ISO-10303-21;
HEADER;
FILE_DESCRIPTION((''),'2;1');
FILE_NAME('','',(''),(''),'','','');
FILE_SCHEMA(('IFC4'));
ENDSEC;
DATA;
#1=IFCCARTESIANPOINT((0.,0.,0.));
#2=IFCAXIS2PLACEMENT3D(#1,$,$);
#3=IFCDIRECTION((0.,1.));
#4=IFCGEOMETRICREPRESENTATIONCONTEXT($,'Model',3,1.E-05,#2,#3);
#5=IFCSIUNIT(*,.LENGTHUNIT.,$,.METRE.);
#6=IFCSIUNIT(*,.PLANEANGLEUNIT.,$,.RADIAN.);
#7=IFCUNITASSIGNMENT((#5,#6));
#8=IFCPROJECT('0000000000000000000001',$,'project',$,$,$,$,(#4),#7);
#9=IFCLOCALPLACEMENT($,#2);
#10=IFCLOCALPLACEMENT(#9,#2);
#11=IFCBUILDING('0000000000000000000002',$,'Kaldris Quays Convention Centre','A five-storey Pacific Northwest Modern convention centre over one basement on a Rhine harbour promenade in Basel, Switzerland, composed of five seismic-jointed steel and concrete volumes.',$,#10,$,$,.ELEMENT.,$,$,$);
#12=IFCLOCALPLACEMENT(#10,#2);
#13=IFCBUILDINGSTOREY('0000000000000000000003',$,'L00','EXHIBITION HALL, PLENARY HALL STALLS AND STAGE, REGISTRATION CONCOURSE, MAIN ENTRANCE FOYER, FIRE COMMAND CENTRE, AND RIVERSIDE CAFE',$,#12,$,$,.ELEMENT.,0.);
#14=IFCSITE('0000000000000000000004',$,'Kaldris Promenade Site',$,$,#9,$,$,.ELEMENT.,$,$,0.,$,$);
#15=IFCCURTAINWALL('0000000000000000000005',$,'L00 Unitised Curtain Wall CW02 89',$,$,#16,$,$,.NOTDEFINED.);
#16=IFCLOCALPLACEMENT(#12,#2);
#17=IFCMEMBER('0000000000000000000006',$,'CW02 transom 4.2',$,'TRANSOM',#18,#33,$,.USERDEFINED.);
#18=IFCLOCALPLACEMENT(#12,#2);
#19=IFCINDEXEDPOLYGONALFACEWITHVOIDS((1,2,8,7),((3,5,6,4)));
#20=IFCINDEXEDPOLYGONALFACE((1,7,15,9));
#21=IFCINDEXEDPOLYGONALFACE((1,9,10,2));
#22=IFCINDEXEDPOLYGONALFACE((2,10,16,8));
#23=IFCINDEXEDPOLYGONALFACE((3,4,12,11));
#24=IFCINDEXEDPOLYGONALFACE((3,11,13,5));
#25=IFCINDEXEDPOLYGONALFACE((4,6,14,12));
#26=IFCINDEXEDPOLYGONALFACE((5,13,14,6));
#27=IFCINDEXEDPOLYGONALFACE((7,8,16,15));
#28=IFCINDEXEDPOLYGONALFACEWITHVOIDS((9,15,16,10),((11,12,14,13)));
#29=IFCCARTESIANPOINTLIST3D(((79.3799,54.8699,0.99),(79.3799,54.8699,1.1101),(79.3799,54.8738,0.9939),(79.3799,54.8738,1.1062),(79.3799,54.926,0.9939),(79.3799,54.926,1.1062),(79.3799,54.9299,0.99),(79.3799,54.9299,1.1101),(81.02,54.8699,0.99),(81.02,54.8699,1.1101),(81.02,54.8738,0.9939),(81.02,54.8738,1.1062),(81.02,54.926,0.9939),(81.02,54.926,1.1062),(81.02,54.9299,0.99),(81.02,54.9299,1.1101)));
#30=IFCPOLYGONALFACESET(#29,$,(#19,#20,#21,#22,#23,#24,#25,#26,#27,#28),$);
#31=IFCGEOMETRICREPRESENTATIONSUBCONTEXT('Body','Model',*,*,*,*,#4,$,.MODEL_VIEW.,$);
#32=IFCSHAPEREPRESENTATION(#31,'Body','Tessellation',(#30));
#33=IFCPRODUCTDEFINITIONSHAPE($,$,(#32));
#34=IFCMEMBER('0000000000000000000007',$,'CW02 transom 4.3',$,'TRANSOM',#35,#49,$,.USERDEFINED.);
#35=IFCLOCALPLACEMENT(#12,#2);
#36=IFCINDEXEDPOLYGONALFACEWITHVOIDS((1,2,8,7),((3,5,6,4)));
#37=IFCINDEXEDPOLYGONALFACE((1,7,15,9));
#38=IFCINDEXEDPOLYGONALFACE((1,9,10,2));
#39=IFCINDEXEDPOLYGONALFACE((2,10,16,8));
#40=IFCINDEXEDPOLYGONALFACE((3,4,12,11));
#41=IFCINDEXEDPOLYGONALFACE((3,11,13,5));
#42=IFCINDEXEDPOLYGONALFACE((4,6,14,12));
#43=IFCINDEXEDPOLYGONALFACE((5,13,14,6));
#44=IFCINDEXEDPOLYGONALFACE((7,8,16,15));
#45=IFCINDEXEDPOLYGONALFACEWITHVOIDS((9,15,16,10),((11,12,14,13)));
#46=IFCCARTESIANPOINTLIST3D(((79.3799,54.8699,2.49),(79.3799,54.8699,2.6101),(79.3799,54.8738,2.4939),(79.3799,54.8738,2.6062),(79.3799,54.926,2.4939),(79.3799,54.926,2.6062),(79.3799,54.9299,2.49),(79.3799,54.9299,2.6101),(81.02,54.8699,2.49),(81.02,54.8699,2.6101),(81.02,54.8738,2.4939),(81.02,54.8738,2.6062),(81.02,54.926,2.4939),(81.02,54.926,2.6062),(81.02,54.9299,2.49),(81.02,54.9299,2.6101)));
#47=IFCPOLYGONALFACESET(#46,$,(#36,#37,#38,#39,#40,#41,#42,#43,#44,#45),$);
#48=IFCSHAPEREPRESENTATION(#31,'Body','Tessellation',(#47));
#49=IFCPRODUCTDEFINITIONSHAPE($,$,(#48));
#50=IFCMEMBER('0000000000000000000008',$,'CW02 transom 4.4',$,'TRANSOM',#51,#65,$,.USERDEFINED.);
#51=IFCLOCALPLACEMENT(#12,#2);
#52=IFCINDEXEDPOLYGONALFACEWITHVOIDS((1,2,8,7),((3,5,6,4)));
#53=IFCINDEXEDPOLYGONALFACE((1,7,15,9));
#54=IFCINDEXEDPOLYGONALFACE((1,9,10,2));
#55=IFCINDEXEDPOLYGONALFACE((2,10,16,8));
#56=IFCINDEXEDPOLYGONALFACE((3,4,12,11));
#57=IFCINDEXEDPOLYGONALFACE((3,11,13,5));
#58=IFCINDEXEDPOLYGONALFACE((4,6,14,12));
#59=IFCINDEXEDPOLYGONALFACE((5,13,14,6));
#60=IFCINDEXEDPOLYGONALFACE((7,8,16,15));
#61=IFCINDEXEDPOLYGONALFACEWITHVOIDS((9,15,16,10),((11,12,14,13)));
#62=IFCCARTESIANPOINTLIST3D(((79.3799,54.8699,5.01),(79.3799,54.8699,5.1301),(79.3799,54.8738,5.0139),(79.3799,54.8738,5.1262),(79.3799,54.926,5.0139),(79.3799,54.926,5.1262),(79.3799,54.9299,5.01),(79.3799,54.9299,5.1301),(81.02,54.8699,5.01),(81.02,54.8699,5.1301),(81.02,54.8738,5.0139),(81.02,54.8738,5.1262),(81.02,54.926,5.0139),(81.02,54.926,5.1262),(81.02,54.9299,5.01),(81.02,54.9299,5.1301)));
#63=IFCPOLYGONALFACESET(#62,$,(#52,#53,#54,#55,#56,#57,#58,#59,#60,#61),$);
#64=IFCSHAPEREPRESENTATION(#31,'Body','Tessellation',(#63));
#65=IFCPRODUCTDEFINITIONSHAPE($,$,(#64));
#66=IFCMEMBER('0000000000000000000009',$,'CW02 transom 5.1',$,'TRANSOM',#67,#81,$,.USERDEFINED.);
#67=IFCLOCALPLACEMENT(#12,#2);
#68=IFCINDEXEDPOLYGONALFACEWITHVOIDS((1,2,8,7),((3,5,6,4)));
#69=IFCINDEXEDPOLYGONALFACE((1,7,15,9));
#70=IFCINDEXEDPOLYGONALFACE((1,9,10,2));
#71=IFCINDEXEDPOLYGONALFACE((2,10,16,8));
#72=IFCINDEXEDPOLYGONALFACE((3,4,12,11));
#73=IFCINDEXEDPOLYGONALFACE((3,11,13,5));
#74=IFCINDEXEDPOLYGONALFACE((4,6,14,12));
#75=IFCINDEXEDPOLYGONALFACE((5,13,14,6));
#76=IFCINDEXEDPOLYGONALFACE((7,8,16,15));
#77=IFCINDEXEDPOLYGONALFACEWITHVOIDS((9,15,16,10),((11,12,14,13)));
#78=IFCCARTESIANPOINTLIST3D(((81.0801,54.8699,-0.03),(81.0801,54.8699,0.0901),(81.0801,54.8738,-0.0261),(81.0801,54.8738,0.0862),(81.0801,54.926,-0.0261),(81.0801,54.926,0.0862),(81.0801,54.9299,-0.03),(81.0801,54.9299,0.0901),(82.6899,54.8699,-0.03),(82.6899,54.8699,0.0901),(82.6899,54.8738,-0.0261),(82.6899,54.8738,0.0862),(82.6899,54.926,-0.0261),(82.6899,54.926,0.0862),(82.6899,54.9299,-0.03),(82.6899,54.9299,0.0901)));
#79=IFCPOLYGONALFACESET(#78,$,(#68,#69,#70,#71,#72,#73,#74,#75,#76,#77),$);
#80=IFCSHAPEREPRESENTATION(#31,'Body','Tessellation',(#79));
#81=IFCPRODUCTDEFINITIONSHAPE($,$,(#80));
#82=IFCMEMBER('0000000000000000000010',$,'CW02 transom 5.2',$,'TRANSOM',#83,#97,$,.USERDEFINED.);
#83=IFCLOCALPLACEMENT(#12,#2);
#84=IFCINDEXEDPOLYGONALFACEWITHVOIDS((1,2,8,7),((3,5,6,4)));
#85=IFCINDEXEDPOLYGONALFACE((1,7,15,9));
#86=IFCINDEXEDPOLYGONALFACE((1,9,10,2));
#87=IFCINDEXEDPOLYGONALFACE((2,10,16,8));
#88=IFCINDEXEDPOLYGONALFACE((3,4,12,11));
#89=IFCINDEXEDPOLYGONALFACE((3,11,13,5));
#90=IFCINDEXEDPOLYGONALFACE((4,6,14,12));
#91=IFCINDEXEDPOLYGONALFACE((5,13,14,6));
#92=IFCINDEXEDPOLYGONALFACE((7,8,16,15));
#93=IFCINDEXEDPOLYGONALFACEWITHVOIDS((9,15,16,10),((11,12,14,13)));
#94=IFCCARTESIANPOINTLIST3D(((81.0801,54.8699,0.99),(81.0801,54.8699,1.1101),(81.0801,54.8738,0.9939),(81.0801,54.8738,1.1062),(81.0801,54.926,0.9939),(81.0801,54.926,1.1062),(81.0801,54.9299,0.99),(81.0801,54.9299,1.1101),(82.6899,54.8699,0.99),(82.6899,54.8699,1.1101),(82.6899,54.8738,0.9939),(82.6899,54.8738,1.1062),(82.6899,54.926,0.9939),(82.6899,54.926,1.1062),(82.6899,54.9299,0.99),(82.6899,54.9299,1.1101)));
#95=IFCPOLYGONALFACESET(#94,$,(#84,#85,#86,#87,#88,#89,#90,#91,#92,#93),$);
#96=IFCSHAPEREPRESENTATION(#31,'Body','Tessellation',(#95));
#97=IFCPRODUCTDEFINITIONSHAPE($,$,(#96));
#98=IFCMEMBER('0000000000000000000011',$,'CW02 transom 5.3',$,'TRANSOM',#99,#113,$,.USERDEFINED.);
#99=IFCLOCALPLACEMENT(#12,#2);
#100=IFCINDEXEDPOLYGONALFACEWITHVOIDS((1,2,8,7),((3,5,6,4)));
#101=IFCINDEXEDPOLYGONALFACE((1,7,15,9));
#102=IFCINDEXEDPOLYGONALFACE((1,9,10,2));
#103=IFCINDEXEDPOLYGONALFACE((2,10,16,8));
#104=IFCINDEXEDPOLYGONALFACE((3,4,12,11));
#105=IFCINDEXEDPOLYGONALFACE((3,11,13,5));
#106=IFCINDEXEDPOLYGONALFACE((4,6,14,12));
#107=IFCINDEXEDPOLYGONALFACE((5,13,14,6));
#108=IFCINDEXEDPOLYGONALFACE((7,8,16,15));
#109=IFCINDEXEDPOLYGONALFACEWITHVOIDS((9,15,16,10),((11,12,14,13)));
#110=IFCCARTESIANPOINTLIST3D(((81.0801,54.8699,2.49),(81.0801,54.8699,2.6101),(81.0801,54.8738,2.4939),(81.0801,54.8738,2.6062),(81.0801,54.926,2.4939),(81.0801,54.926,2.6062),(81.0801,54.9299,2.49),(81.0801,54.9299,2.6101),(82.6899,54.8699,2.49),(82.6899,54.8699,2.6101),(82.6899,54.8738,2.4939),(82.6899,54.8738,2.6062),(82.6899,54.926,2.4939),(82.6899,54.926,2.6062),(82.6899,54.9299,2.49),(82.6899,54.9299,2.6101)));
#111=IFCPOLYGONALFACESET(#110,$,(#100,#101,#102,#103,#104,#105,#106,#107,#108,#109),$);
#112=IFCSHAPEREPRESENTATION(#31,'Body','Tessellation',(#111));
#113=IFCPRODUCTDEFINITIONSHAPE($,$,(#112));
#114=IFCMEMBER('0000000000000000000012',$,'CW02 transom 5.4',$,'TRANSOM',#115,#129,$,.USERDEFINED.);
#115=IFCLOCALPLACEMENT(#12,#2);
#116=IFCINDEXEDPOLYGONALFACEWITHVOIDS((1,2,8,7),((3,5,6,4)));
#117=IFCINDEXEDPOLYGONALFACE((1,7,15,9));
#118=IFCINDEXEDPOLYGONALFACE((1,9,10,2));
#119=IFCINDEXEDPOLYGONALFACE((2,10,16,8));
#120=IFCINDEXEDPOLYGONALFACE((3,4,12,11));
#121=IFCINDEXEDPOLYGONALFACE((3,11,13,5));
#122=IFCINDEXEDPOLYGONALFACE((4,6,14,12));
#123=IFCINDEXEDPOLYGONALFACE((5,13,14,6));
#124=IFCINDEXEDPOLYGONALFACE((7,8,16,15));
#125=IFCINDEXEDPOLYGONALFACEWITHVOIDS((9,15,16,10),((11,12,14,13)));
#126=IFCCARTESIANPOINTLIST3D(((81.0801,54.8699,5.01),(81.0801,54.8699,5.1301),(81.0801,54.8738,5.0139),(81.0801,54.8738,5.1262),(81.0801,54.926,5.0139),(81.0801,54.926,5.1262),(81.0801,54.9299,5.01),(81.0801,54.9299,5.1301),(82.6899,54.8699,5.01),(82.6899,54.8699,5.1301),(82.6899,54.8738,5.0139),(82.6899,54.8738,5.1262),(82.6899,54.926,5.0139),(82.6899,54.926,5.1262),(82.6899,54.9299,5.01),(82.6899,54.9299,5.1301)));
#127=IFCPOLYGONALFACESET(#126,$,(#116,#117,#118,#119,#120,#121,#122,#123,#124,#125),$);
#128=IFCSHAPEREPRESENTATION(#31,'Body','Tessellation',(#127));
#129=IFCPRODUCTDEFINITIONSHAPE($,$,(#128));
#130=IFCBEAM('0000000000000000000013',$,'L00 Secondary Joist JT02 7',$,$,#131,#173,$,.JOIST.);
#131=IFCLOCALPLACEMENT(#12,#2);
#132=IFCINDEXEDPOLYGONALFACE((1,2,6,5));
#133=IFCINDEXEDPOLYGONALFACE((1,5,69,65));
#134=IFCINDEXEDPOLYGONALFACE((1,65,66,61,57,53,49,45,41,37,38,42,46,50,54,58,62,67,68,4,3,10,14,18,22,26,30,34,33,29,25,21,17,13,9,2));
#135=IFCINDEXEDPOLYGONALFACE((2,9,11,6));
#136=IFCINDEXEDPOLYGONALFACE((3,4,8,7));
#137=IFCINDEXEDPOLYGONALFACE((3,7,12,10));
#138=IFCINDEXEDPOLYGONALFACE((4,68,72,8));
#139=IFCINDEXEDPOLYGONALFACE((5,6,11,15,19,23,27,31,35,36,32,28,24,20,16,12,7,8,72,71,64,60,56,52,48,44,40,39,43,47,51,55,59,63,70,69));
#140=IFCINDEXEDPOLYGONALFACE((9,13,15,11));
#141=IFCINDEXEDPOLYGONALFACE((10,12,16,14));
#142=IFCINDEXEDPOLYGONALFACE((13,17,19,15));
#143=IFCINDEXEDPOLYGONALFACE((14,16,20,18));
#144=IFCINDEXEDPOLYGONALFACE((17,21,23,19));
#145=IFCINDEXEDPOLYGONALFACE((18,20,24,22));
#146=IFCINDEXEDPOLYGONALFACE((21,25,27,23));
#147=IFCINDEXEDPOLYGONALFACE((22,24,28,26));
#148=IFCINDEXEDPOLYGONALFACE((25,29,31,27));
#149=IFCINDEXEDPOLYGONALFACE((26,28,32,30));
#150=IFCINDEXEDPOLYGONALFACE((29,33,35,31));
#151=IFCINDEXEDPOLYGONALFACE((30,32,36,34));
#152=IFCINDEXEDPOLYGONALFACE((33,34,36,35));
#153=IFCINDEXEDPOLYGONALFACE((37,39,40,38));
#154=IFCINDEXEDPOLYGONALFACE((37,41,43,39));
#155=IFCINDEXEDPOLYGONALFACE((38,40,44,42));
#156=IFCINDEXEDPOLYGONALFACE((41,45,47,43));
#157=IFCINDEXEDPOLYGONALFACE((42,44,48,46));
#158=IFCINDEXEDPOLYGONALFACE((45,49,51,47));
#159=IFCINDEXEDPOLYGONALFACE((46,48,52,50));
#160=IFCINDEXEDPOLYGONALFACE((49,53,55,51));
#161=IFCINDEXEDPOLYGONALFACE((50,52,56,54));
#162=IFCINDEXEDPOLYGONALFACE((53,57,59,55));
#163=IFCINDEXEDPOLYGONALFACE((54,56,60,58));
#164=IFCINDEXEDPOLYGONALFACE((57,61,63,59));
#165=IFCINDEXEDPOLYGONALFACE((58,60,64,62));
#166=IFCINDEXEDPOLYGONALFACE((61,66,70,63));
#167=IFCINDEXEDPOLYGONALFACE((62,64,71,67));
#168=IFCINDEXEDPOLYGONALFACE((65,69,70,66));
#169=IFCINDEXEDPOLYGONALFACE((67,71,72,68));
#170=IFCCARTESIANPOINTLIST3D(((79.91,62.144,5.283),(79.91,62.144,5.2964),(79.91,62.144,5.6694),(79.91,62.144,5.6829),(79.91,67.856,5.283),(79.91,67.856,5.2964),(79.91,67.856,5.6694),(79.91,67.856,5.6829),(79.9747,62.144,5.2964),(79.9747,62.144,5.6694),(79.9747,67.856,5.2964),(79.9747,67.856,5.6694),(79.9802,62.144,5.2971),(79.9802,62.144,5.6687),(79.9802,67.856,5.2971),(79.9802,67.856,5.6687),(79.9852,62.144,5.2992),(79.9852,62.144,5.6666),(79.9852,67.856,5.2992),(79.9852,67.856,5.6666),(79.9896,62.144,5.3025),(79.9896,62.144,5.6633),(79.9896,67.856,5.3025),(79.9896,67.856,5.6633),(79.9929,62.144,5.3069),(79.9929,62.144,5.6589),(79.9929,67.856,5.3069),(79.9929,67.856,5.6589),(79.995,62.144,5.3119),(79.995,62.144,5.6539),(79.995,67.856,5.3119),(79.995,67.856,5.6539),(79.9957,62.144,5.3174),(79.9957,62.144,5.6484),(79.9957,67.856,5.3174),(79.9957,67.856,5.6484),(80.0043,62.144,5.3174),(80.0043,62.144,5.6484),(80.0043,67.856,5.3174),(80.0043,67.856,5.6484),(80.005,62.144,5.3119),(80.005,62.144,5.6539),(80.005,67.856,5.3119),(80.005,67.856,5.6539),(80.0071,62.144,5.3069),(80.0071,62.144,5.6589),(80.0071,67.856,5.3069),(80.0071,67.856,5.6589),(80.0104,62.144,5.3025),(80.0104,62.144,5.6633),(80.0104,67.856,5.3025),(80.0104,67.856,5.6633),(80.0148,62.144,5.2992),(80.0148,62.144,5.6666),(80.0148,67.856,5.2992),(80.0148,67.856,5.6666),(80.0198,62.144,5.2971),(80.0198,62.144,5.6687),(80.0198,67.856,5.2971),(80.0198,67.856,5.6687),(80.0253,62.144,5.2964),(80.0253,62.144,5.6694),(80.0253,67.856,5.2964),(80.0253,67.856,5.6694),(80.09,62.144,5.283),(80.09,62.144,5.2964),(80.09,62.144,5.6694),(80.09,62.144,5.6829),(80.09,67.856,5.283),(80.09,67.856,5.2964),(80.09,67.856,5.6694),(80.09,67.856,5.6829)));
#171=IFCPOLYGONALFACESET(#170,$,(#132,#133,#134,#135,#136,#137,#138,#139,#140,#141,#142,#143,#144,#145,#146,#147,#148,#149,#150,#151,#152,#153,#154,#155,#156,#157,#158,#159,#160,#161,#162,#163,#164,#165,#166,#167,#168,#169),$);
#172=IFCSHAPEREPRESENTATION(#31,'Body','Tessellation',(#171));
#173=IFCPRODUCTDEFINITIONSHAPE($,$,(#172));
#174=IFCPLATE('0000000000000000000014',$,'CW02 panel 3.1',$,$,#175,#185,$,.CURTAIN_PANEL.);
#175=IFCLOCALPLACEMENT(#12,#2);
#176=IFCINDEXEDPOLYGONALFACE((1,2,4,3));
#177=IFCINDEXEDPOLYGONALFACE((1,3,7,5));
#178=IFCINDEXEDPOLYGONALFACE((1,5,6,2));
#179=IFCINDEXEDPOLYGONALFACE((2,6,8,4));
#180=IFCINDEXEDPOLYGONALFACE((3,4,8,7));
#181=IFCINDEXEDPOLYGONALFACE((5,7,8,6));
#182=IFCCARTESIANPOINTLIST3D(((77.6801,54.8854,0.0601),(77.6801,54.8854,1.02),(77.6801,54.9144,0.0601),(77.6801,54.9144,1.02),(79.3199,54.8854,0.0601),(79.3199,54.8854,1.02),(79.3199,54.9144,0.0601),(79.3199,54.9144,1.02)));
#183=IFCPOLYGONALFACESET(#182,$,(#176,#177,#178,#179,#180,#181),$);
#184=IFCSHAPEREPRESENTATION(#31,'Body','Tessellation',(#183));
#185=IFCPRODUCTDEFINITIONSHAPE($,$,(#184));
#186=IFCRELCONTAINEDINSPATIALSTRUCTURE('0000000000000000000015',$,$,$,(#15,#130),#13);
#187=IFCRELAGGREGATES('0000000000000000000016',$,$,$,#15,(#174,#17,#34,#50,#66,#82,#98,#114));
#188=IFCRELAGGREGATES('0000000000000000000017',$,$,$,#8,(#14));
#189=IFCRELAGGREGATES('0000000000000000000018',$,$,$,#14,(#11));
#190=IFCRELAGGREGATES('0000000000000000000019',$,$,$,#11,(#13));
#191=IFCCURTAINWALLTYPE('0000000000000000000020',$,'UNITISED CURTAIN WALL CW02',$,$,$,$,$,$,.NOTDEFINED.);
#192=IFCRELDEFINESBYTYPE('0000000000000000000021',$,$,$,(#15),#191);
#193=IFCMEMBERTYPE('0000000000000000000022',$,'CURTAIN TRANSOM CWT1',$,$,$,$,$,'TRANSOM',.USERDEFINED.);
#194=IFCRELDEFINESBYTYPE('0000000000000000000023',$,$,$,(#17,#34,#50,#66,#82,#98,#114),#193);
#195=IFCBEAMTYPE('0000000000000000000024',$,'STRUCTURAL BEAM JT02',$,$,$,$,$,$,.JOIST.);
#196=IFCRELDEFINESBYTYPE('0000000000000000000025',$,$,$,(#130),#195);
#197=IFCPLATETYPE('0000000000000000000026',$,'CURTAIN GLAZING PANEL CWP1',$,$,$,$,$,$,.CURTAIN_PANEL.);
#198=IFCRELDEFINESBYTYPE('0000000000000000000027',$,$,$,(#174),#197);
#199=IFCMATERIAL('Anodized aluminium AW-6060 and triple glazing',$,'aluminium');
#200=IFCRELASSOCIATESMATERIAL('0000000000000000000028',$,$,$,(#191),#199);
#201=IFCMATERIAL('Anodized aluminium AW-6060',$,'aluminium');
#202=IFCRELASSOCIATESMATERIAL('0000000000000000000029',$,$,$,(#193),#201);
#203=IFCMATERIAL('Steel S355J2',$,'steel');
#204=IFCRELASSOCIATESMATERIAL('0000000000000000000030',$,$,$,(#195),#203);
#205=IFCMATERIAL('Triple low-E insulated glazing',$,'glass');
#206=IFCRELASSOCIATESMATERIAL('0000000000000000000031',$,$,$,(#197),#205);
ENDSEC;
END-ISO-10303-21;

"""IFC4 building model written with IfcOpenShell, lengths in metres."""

from ifc_helpers import new_model, si_unit, direction, frame, origin, origin_2d, place, context, subcontext, project, spatial, rectangle, hollow_rectangle, i_section, extrude, material, material_profile, profile_set, type_object, element, aggregate, save


model = new_model("IFC4")

# Units and contexts
model_context = context("Model", 3, precision=1e-05, world=origin(), true_north=direction((0.0, 1.0)))
body_context = subcontext(model_context, "Body", "Model", "MODEL_VIEW")
ifc_project = project(units=[si_unit("LENGTHUNIT", "METRE"), si_unit("PLANEANGLEUNIT", "RADIAN")], contexts=[model_context])

# Site, building, storey
site_placement = place(None, origin())
site = spatial("IfcSite", under=ifc_project, at=site_placement, Name="Kaldris Promenade Site", CompositionType="ELEMENT", RefElevation=0.0)
building_placement = place(site_placement, origin())
building = spatial("IfcBuilding", under=site, at=building_placement, Name="Kaldris Quays Convention Centre", Description="A five-storey Pacific Northwest Modern convention centre over one basement on a Rhine harbour promenade in Basel, Switzerland, composed of five seismic-jointed steel and concrete volumes.", CompositionType="ELEMENT")
storey_placement = place(building_placement, origin())
storey = spatial("IfcBuildingStorey", under=building, at=storey_placement, Name="L00", Description="EXHIBITION HALL, PLENARY HALL STALLS AND STAGE, REGISTRATION CONCOURSE, MAIN ENTRANCE FOYER, FIRE COMMAND CENTRE, AND RIVERSIDE CAFE", CompositionType="ELEMENT", Elevation=0.0)

# Shared definitions
ifc_material_1 = material(Name="Steel S355J2", Category="steel")

# Curtain wall, members
ifc_material_2 = material(Name="Anodized aluminium AW-6060 and triple glazing", Category="aluminium")
curtain_wall_type = type_object("IfcCurtainWallType", Name="UNITISED CURTAIN WALL CW02", PredefinedType="NOTDEFINED", material=ifc_material_2)
curtain_wall_placement = place(storey_placement, origin())
curtain_wall = element("IfcCurtainWall", 1, at=curtain_wall_placement, inside=storey, type_object=curtain_wall_type, Name="L00 Unitised Curtain Wall CW02 89", PredefinedType="NOTDEFINED")
ifc_material_3 = material(Name="Anodized aluminium AW-6060", Category="aluminium")
ifc_material_profile_1 = material_profile(ifc_material_3, hollow_rectangle(XDim=0.0601, YDim=0.1201, WallThickness=0.0039, at=origin_2d()), Name="RHS 120x60x4")
ifc_profile_set_1 = profile_set([ifc_material_profile_1], Name="Anodized aluminium AW-6060")
member_type_1 = type_object("IfcMemberType", Name="CURTAIN TRANSOM CWT1", ElementType="TRANSOM", PredefinedType="USERDEFINED", material=ifc_profile_set_1)
member_1_placement = place(storey_placement, frame((79.3799, 54.8999, 1.05), z_axis=(1.0, 0.0, 0.0), x_axis=(0.0, 1.0, 0.0)))
member_1 = element("IfcMember", 2, at=member_1_placement, type_object=member_type_1, Name="CW02 transom 4.2", ObjectType="TRANSOM", PredefinedType="USERDEFINED", context=body_context, shape_type="SweptSolid", body=[
    extrude(hollow_rectangle(XDim=0.0601, YDim=0.1201, WallThickness=0.0039, at=origin_2d()), origin(), (0.0, 0.0, 1.0), 1.6401),
])
member_2_placement = place(storey_placement, frame((79.3799, 54.8999, 2.55), z_axis=(1.0, 0.0, 0.0), x_axis=(0.0, 1.0, 0.0)))
member_2 = element("IfcMember", 3, at=member_2_placement, type_object=member_type_1, Name="CW02 transom 4.3", ObjectType="TRANSOM", PredefinedType="USERDEFINED", context=body_context, shape_type="SweptSolid", body=[
    extrude(hollow_rectangle(XDim=0.0601, YDim=0.1201, WallThickness=0.0039, at=origin_2d()), origin(), (0.0, 0.0, 1.0), 1.6401),
])
member_3_placement = place(storey_placement, frame((79.3799, 54.8999, 5.0701), z_axis=(1.0, 0.0, 0.0), x_axis=(0.0, 1.0, 0.0)))
member_3 = element("IfcMember", 4, at=member_3_placement, type_object=member_type_1, Name="CW02 transom 4.4", ObjectType="TRANSOM", PredefinedType="USERDEFINED", context=body_context, shape_type="SweptSolid", body=[
    extrude(hollow_rectangle(XDim=0.0601, YDim=0.1201, WallThickness=0.0039, at=origin_2d()), origin(), (0.0, 0.0, 1.0), 1.6401),
])
member_4_placement = place(storey_placement, frame((81.0801, 54.8999, 0.03), z_axis=(1.0, 0.0, 0.0), x_axis=(0.0, 1.0, 0.0)))
member_4 = element("IfcMember", 5, at=member_4_placement, type_object=member_type_1, Name="CW02 transom 5.1", ObjectType="TRANSOM", PredefinedType="USERDEFINED", context=body_context, shape_type="SweptSolid", body=[
    extrude(hollow_rectangle(XDim=0.0601, YDim=0.1201, WallThickness=0.0039, at=origin_2d()), origin(), (0.0, 0.0, 1.0), 1.6099),
])
member_5_placement = place(storey_placement, frame((81.0801, 54.8999, 1.05), z_axis=(1.0, 0.0, 0.0), x_axis=(0.0, 1.0, 0.0)))
member_5 = element("IfcMember", 6, at=member_5_placement, type_object=member_type_1, Name="CW02 transom 5.2", ObjectType="TRANSOM", PredefinedType="USERDEFINED", context=body_context, shape_type="SweptSolid", body=[
    extrude(hollow_rectangle(XDim=0.0601, YDim=0.1201, WallThickness=0.0039, at=origin_2d()), origin(), (0.0, 0.0, 1.0), 1.6099),
])
member_6_placement = place(storey_placement, frame((81.0801, 54.8999, 2.55), z_axis=(1.0, 0.0, 0.0), x_axis=(0.0, 1.0, 0.0)))
member_6 = element("IfcMember", 7, at=member_6_placement, type_object=member_type_1, Name="CW02 transom 5.3", ObjectType="TRANSOM", PredefinedType="USERDEFINED", context=body_context, shape_type="SweptSolid", body=[
    extrude(hollow_rectangle(XDim=0.0601, YDim=0.1201, WallThickness=0.0039, at=origin_2d()), origin(), (0.0, 0.0, 1.0), 1.6099),
])
member_7_placement = place(storey_placement, frame((81.0801, 54.8999, 5.0701), z_axis=(1.0, 0.0, 0.0), x_axis=(0.0, 1.0, 0.0)))
member_7 = element("IfcMember", 8, at=member_7_placement, type_object=member_type_1, Name="CW02 transom 5.4", ObjectType="TRANSOM", PredefinedType="USERDEFINED", context=body_context, shape_type="SweptSolid", body=[
    extrude(hollow_rectangle(XDim=0.0601, YDim=0.1201, WallThickness=0.0039, at=origin_2d()), origin(), (0.0, 0.0, 1.0), 1.6099),
])

# Beam
ifc_material_profile_2 = material_profile(ifc_material_1, i_section(OverallWidth=0.1799, OverallDepth=0.3999, WebThickness=0.0085, FlangeThickness=0.0134, FilletRadius=0.021, at=origin_2d()), Name="IPE 400")
ifc_profile_set_2 = profile_set([ifc_material_profile_2], Name="Steel S355J2")
beam_type = type_object("IfcBeamType", Name="STRUCTURAL BEAM JT02", PredefinedType="JOIST", material=ifc_profile_set_2)
beam_placement = place(storey_placement, frame((80.0, 62.144, 5.4829), z_axis=(0.0, 1.0, 0.0), x_axis=(-1.0, 0.0, 0.0)))
element("IfcBeam", 9, at=beam_placement, inside=storey, type_object=beam_type, Name="L00 Secondary Joist JT02 7", PredefinedType="JOIST", context=body_context, shape_type="SweptSolid", body=[
    extrude(i_section(OverallWidth=0.1799, OverallDepth=0.3999, WebThickness=0.0085, FlangeThickness=0.0134, FilletRadius=0.021, at=origin_2d()), origin(), (0.0, 0.0, 1.0), 5.7119),
])

# Plate
ifc_material_4 = material(Name="Triple low-E insulated glazing", Category="glass")
plate_type = type_object("IfcPlateType", Name="CURTAIN GLAZING PANEL CWP1", PredefinedType="CURTAIN_PANEL", material=ifc_material_4)
plate_1_placement = place(storey_placement, frame((78.5, 54.8999, 0.0601), z_axis=(0.0, 0.0, 1.0), x_axis=(1.0, 0.0, 0.0)))
plate_1 = element("IfcPlate", 10, at=plate_1_placement, type_object=plate_type, Name="CW02 panel 3.1", PredefinedType="CURTAIN_PANEL", context=body_context, shape_type="SweptSolid", body=[
    extrude(rectangle(XDim=1.6399, YDim=0.0291, at=origin_2d()), origin(), (0.0, 0.0, 1.0), 0.96),
])
aggregate(curtain_wall, [plate_1, member_1, member_2, member_3, member_4, member_5, member_6, member_7])

save(model, "model.ifc")
